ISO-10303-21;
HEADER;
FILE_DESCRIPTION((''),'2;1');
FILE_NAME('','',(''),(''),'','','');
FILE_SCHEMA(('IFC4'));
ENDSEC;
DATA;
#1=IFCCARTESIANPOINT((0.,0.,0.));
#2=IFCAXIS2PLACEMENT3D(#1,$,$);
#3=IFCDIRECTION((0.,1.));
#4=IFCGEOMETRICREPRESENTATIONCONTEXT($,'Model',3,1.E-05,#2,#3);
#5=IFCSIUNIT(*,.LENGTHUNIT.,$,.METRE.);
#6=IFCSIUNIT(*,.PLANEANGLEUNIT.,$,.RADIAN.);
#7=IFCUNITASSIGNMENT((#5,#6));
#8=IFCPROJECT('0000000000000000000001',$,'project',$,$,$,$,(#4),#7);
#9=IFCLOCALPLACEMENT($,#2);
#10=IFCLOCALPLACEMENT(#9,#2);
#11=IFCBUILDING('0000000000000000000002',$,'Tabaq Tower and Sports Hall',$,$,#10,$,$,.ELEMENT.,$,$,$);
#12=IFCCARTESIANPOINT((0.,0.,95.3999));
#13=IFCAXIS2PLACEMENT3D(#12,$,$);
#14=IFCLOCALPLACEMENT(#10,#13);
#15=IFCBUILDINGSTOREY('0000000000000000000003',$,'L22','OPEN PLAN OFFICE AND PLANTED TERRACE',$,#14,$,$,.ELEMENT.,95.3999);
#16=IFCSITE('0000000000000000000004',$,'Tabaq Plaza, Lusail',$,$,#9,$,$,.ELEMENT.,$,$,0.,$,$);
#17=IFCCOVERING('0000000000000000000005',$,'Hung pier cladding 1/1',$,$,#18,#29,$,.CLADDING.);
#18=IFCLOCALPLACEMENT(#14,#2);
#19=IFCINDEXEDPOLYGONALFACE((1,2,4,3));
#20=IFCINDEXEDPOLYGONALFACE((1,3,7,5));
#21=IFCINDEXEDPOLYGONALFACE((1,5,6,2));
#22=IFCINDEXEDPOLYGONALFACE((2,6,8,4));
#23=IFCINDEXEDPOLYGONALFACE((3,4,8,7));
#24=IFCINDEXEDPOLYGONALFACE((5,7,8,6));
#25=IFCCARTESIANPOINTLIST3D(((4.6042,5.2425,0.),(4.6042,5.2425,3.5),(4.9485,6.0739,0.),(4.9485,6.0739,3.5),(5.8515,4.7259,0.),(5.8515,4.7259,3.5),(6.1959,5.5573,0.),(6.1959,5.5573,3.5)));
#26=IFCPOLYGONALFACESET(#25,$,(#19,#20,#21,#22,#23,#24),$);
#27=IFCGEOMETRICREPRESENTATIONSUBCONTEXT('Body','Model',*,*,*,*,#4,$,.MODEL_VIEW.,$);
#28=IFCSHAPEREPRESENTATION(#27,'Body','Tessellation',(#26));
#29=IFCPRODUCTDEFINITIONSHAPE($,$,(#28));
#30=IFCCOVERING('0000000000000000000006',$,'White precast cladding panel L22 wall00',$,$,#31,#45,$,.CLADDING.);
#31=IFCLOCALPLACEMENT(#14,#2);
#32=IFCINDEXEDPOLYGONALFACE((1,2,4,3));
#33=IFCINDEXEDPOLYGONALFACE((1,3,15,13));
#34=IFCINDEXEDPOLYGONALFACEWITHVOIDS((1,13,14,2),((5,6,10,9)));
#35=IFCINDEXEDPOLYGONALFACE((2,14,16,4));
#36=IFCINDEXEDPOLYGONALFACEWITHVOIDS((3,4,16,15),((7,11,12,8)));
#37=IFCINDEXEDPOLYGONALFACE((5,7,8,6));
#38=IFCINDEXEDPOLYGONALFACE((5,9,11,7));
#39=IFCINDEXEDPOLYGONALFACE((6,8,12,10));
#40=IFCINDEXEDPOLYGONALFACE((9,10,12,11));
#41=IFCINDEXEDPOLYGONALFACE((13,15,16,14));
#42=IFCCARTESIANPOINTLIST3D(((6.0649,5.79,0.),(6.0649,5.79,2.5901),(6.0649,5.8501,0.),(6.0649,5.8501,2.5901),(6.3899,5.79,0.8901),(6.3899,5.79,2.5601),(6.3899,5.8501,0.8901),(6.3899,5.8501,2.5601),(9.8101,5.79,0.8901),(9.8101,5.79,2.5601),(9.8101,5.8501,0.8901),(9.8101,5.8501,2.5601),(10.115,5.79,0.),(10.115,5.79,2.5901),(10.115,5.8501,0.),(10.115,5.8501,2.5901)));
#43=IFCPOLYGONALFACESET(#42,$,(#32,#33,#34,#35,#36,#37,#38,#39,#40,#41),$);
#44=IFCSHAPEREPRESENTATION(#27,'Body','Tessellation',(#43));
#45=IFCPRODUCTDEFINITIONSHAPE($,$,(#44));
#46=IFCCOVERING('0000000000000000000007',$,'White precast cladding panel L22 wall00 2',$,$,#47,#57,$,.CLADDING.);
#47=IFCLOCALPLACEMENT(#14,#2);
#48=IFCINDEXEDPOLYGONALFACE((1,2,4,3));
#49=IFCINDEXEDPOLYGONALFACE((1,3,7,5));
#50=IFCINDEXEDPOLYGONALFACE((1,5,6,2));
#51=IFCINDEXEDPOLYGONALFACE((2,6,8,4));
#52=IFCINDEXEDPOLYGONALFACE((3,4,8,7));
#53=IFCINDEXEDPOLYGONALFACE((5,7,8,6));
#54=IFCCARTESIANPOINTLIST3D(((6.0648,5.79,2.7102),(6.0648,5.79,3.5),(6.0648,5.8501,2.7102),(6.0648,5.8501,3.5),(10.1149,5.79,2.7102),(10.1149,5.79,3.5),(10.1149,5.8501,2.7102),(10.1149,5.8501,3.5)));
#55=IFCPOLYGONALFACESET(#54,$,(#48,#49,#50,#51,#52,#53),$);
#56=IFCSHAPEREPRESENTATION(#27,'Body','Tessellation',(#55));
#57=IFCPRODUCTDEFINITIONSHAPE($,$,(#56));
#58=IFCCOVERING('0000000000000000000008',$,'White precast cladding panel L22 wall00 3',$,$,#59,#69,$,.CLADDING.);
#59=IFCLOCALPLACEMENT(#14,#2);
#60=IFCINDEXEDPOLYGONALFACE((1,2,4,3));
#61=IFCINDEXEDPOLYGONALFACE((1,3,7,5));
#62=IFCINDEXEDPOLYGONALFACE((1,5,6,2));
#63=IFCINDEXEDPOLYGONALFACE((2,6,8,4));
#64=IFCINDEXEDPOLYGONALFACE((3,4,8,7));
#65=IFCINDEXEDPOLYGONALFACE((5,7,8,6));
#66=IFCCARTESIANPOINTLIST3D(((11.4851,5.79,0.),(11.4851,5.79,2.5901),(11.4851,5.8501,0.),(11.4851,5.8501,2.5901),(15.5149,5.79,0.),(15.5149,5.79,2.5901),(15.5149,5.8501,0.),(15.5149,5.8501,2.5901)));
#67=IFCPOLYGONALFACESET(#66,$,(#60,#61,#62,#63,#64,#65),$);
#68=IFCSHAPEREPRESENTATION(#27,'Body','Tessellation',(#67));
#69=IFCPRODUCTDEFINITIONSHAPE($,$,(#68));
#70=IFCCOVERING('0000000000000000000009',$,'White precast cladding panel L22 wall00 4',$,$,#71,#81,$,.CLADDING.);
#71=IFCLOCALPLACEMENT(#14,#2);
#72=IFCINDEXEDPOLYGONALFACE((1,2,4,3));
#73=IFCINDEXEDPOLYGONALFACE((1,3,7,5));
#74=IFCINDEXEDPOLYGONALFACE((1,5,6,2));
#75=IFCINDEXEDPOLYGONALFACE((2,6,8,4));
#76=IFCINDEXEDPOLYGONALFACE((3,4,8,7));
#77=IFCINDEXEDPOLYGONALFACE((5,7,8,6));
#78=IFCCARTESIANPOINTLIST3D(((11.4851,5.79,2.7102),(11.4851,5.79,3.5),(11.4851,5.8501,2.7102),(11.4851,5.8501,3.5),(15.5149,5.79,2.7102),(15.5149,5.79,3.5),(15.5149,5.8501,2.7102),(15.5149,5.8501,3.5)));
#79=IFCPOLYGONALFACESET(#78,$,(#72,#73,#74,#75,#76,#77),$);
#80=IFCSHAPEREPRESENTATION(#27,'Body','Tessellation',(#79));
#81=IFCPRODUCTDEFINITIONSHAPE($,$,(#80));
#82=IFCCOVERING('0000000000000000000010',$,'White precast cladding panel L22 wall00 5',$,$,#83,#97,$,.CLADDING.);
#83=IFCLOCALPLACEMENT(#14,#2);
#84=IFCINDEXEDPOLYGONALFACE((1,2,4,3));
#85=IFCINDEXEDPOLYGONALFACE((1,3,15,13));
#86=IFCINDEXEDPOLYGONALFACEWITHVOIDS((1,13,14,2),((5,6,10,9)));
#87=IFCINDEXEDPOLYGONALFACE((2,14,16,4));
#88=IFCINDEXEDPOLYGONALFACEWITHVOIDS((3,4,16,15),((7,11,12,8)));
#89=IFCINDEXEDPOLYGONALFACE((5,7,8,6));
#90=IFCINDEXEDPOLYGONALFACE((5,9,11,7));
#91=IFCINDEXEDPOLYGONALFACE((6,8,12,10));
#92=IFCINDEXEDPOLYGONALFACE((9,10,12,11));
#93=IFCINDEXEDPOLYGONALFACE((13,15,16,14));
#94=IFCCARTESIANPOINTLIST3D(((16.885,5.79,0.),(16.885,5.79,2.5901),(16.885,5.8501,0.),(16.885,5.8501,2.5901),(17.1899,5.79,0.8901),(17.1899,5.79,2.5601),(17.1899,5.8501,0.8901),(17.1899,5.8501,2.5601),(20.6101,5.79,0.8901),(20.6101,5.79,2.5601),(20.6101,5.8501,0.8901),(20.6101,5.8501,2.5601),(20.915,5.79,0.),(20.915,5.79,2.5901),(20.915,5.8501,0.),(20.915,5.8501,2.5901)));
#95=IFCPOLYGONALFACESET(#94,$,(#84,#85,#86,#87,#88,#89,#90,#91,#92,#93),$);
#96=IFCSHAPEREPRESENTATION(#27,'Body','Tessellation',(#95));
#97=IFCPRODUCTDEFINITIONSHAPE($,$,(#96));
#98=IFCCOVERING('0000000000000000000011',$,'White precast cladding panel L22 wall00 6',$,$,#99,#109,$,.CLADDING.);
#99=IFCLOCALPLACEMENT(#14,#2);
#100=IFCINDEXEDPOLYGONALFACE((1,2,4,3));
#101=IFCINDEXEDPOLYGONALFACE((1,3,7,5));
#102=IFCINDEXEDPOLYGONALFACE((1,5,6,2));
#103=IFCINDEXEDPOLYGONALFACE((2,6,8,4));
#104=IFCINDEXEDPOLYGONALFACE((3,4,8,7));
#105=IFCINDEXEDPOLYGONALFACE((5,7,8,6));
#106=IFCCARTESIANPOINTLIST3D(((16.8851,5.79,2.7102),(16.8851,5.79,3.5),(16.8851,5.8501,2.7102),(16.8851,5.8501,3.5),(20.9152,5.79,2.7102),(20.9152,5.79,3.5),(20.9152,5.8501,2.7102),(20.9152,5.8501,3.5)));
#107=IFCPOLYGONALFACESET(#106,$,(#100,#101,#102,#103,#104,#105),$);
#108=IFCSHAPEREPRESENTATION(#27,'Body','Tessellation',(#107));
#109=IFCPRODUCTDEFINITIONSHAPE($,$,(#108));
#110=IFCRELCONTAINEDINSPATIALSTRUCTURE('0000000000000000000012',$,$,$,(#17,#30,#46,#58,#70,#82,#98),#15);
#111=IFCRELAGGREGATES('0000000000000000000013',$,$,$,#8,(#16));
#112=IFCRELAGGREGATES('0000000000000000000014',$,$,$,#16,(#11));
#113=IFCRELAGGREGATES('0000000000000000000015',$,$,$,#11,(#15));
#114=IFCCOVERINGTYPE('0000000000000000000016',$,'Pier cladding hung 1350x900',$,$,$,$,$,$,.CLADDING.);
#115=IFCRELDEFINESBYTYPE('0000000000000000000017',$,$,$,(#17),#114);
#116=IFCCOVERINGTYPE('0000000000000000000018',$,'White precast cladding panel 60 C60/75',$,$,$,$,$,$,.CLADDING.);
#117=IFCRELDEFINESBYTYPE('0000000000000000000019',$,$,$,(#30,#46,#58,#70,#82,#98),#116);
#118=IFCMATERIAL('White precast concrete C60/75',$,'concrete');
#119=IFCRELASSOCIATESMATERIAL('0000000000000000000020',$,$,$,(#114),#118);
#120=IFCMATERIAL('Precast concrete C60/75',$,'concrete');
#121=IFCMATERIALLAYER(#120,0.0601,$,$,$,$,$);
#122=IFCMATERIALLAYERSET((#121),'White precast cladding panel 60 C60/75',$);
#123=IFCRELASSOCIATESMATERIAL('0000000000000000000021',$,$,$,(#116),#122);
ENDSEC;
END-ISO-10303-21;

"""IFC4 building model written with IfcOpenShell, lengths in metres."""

from ifc_helpers import new_model, si_unit, direction, frame, frame_2d, origin, place, context, subcontext, project, spatial, polyline, rectangle, outline, extrude, material, layer, layer_set, type_object, element, save


model = new_model("IFC4")

# Units and contexts
model_context = context("Model", 3, precision=1e-05, world=origin(), true_north=direction((0.0, 1.0)))
body_context = subcontext(model_context, "Body", "Model", "MODEL_VIEW")
ifc_project = project(units=[si_unit("LENGTHUNIT", "METRE"), si_unit("PLANEANGLEUNIT", "RADIAN")], contexts=[model_context])

# Site, building, storey
site_placement = place(None, origin())
site = spatial("IfcSite", under=ifc_project, at=site_placement, Name="Tabaq Plaza, Lusail", CompositionType="ELEMENT", RefElevation=0.0)
building_placement = place(site_placement, origin())
building = spatial("IfcBuilding", under=site, at=building_placement, Name="Tabaq Tower and Sports Hall", CompositionType="ELEMENT")
storey_placement = place(building_placement, frame((0.0, 0.0, 95.3999)))
storey = spatial("IfcBuildingStorey", under=building, at=storey_placement, Name="L22", Description="OPEN PLAN OFFICE AND PLANTED TERRACE", CompositionType="ELEMENT", Elevation=95.3999)

# Coverings
ifc_material_1 = material(Name="White precast concrete C60/75", Category="concrete")
covering_type_1 = type_object("IfcCoveringType", Name="Pier cladding hung 1350x900", PredefinedType="CLADDING", material=ifc_material_1)
covering_1_placement = place(storey_placement, frame((4.7764, 5.6582, 0.0), z_axis=(0.0, 0.0, 1.0), x_axis=(0.923893, -0.38265, 0.0)))
element("IfcCovering", 1, at=covering_1_placement, inside=storey, type_object=covering_type_1, Name="Hung pier cladding 1/1", PredefinedType="CLADDING", context=body_context, shape_type="SweptSolid", body=[
    extrude(rectangle(XDim=1.3501, YDim=0.8999, at=frame_2d((0.675, 0.0))), origin(), (0.0, 0.0, 1.0), 3.5),
])
ifc_material_2 = material(Name="Precast concrete C60/75", Category="concrete")
ifc_layer_1 = layer(ifc_material_2, 0.0601)
ifc_layer_set_1 = layer_set([ifc_layer_1], Name="White precast cladding panel 60 C60/75")
covering_type_2 = type_object("IfcCoveringType", Name="White precast cladding panel 60 C60/75", PredefinedType="CLADDING", material=ifc_layer_set_1)
covering_2_placement = place(storey_placement, frame((6.0649, 5.8201, 0.0), z_axis=(0.0, 0.0, 1.0), x_axis=(1.0, 0.0, 0.0)))
element("IfcCovering", 2, at=covering_2_placement, inside=storey, type_object=covering_type_2, Name="White precast cladding panel L22 wall00", PredefinedType="CLADDING", context=body_context, shape_type="SweptSolid", body=[
    extrude(outline(polyline([(0.0, 0.0), (4.05, 0.0), (4.05, 2.5901), (0.0, 2.5901), (0.0, 0.0)]), holes=[polyline([(3.7451, 0.8901), (0.325, 0.8901), (0.325, 2.5601), (3.7451, 2.5601), (3.7451, 0.8901)])]), frame((0.0, 0.03, 0.0), z_axis=(0.0, -1.0, 0.0), x_axis=(1.0, 0.0, 0.0)), (0.0, 0.0, 1.0), 0.0601),
])
covering_3_placement = place(storey_placement, frame((6.0649, 5.8201, 2.7102), z_axis=(0.0, 0.0, 1.0), x_axis=(1.0, 0.0, 0.0)))
element("IfcCovering", 3, at=covering_3_placement, inside=storey, type_object=covering_type_2, Name="White precast cladding panel L22 wall00 2", PredefinedType="CLADDING", context=body_context, shape_type="SweptSolid", body=[
    extrude(rectangle(XDim=4.05, YDim=0.0601, at=frame_2d((2.0249, 0.0))), origin(), (0.0, 0.0, 1.0), 0.7898),
])
covering_4_placement = place(storey_placement, frame((11.4851, 5.8201, 0.0), z_axis=(0.0, 0.0, 1.0), x_axis=(1.0, 0.0, 0.0)))
element("IfcCovering", 4, at=covering_4_placement, inside=storey, type_object=covering_type_2, Name="White precast cladding panel L22 wall00 3", PredefinedType="CLADDING", context=body_context, shape_type="SweptSolid", body=[
    extrude(rectangle(XDim=4.0298, YDim=0.0601, at=frame_2d((2.0149, 0.0))), origin(), (0.0, 0.0, 1.0), 2.5901),
])
covering_5_placement = place(storey_placement, frame((11.4851, 5.8201, 2.7102), z_axis=(0.0, 0.0, 1.0), x_axis=(1.0, 0.0, 0.0)))
element("IfcCovering", 5, at=covering_5_placement, inside=storey, type_object=covering_type_2, Name="White precast cladding panel L22 wall00 4", PredefinedType="CLADDING", context=body_context, shape_type="SweptSolid", body=[
    extrude(rectangle(XDim=4.0298, YDim=0.0601, at=frame_2d((2.0149, 0.0))), origin(), (0.0, 0.0, 1.0), 0.7898),
])
covering_6_placement = place(storey_placement, frame((16.885, 5.8201, 0.0), z_axis=(0.0, 0.0, 1.0), x_axis=(1.0, 0.0, 0.0)))
element("IfcCovering", 6, at=covering_6_placement, inside=storey, type_object=covering_type_2, Name="White precast cladding panel L22 wall00 5", PredefinedType="CLADDING", context=body_context, shape_type="SweptSolid", body=[
    extrude(outline(polyline([(0.0, 0.0), (4.03, 0.0), (4.03, 2.5901), (0.0, 2.5901), (0.0, 0.0)]), holes=[polyline([(3.7251, 0.8901), (0.3049, 0.8901), (0.3049, 2.5601), (3.7251, 2.5601), (3.7251, 0.8901)])]), frame((0.0, 0.03, 0.0), z_axis=(0.0, -1.0, 0.0), x_axis=(1.0, 0.0, 0.0)), (0.0, 0.0, 1.0), 0.0601),
])
covering_7_placement = place(storey_placement, frame((16.885, 5.8201, 2.7102), z_axis=(0.0, 0.0, 1.0), x_axis=(1.0, 0.0, 0.0)))
element("IfcCovering", 7, at=covering_7_placement, inside=storey, type_object=covering_type_2, Name="White precast cladding panel L22 wall00 6", PredefinedType="CLADDING", context=body_context, shape_type="SweptSolid", body=[
    extrude(rectangle(XDim=4.03, YDim=0.0601, at=frame_2d((2.0151, 0.0))), origin(), (0.0, 0.0, 1.0), 0.7898),
])

save(model, "model.ifc")
